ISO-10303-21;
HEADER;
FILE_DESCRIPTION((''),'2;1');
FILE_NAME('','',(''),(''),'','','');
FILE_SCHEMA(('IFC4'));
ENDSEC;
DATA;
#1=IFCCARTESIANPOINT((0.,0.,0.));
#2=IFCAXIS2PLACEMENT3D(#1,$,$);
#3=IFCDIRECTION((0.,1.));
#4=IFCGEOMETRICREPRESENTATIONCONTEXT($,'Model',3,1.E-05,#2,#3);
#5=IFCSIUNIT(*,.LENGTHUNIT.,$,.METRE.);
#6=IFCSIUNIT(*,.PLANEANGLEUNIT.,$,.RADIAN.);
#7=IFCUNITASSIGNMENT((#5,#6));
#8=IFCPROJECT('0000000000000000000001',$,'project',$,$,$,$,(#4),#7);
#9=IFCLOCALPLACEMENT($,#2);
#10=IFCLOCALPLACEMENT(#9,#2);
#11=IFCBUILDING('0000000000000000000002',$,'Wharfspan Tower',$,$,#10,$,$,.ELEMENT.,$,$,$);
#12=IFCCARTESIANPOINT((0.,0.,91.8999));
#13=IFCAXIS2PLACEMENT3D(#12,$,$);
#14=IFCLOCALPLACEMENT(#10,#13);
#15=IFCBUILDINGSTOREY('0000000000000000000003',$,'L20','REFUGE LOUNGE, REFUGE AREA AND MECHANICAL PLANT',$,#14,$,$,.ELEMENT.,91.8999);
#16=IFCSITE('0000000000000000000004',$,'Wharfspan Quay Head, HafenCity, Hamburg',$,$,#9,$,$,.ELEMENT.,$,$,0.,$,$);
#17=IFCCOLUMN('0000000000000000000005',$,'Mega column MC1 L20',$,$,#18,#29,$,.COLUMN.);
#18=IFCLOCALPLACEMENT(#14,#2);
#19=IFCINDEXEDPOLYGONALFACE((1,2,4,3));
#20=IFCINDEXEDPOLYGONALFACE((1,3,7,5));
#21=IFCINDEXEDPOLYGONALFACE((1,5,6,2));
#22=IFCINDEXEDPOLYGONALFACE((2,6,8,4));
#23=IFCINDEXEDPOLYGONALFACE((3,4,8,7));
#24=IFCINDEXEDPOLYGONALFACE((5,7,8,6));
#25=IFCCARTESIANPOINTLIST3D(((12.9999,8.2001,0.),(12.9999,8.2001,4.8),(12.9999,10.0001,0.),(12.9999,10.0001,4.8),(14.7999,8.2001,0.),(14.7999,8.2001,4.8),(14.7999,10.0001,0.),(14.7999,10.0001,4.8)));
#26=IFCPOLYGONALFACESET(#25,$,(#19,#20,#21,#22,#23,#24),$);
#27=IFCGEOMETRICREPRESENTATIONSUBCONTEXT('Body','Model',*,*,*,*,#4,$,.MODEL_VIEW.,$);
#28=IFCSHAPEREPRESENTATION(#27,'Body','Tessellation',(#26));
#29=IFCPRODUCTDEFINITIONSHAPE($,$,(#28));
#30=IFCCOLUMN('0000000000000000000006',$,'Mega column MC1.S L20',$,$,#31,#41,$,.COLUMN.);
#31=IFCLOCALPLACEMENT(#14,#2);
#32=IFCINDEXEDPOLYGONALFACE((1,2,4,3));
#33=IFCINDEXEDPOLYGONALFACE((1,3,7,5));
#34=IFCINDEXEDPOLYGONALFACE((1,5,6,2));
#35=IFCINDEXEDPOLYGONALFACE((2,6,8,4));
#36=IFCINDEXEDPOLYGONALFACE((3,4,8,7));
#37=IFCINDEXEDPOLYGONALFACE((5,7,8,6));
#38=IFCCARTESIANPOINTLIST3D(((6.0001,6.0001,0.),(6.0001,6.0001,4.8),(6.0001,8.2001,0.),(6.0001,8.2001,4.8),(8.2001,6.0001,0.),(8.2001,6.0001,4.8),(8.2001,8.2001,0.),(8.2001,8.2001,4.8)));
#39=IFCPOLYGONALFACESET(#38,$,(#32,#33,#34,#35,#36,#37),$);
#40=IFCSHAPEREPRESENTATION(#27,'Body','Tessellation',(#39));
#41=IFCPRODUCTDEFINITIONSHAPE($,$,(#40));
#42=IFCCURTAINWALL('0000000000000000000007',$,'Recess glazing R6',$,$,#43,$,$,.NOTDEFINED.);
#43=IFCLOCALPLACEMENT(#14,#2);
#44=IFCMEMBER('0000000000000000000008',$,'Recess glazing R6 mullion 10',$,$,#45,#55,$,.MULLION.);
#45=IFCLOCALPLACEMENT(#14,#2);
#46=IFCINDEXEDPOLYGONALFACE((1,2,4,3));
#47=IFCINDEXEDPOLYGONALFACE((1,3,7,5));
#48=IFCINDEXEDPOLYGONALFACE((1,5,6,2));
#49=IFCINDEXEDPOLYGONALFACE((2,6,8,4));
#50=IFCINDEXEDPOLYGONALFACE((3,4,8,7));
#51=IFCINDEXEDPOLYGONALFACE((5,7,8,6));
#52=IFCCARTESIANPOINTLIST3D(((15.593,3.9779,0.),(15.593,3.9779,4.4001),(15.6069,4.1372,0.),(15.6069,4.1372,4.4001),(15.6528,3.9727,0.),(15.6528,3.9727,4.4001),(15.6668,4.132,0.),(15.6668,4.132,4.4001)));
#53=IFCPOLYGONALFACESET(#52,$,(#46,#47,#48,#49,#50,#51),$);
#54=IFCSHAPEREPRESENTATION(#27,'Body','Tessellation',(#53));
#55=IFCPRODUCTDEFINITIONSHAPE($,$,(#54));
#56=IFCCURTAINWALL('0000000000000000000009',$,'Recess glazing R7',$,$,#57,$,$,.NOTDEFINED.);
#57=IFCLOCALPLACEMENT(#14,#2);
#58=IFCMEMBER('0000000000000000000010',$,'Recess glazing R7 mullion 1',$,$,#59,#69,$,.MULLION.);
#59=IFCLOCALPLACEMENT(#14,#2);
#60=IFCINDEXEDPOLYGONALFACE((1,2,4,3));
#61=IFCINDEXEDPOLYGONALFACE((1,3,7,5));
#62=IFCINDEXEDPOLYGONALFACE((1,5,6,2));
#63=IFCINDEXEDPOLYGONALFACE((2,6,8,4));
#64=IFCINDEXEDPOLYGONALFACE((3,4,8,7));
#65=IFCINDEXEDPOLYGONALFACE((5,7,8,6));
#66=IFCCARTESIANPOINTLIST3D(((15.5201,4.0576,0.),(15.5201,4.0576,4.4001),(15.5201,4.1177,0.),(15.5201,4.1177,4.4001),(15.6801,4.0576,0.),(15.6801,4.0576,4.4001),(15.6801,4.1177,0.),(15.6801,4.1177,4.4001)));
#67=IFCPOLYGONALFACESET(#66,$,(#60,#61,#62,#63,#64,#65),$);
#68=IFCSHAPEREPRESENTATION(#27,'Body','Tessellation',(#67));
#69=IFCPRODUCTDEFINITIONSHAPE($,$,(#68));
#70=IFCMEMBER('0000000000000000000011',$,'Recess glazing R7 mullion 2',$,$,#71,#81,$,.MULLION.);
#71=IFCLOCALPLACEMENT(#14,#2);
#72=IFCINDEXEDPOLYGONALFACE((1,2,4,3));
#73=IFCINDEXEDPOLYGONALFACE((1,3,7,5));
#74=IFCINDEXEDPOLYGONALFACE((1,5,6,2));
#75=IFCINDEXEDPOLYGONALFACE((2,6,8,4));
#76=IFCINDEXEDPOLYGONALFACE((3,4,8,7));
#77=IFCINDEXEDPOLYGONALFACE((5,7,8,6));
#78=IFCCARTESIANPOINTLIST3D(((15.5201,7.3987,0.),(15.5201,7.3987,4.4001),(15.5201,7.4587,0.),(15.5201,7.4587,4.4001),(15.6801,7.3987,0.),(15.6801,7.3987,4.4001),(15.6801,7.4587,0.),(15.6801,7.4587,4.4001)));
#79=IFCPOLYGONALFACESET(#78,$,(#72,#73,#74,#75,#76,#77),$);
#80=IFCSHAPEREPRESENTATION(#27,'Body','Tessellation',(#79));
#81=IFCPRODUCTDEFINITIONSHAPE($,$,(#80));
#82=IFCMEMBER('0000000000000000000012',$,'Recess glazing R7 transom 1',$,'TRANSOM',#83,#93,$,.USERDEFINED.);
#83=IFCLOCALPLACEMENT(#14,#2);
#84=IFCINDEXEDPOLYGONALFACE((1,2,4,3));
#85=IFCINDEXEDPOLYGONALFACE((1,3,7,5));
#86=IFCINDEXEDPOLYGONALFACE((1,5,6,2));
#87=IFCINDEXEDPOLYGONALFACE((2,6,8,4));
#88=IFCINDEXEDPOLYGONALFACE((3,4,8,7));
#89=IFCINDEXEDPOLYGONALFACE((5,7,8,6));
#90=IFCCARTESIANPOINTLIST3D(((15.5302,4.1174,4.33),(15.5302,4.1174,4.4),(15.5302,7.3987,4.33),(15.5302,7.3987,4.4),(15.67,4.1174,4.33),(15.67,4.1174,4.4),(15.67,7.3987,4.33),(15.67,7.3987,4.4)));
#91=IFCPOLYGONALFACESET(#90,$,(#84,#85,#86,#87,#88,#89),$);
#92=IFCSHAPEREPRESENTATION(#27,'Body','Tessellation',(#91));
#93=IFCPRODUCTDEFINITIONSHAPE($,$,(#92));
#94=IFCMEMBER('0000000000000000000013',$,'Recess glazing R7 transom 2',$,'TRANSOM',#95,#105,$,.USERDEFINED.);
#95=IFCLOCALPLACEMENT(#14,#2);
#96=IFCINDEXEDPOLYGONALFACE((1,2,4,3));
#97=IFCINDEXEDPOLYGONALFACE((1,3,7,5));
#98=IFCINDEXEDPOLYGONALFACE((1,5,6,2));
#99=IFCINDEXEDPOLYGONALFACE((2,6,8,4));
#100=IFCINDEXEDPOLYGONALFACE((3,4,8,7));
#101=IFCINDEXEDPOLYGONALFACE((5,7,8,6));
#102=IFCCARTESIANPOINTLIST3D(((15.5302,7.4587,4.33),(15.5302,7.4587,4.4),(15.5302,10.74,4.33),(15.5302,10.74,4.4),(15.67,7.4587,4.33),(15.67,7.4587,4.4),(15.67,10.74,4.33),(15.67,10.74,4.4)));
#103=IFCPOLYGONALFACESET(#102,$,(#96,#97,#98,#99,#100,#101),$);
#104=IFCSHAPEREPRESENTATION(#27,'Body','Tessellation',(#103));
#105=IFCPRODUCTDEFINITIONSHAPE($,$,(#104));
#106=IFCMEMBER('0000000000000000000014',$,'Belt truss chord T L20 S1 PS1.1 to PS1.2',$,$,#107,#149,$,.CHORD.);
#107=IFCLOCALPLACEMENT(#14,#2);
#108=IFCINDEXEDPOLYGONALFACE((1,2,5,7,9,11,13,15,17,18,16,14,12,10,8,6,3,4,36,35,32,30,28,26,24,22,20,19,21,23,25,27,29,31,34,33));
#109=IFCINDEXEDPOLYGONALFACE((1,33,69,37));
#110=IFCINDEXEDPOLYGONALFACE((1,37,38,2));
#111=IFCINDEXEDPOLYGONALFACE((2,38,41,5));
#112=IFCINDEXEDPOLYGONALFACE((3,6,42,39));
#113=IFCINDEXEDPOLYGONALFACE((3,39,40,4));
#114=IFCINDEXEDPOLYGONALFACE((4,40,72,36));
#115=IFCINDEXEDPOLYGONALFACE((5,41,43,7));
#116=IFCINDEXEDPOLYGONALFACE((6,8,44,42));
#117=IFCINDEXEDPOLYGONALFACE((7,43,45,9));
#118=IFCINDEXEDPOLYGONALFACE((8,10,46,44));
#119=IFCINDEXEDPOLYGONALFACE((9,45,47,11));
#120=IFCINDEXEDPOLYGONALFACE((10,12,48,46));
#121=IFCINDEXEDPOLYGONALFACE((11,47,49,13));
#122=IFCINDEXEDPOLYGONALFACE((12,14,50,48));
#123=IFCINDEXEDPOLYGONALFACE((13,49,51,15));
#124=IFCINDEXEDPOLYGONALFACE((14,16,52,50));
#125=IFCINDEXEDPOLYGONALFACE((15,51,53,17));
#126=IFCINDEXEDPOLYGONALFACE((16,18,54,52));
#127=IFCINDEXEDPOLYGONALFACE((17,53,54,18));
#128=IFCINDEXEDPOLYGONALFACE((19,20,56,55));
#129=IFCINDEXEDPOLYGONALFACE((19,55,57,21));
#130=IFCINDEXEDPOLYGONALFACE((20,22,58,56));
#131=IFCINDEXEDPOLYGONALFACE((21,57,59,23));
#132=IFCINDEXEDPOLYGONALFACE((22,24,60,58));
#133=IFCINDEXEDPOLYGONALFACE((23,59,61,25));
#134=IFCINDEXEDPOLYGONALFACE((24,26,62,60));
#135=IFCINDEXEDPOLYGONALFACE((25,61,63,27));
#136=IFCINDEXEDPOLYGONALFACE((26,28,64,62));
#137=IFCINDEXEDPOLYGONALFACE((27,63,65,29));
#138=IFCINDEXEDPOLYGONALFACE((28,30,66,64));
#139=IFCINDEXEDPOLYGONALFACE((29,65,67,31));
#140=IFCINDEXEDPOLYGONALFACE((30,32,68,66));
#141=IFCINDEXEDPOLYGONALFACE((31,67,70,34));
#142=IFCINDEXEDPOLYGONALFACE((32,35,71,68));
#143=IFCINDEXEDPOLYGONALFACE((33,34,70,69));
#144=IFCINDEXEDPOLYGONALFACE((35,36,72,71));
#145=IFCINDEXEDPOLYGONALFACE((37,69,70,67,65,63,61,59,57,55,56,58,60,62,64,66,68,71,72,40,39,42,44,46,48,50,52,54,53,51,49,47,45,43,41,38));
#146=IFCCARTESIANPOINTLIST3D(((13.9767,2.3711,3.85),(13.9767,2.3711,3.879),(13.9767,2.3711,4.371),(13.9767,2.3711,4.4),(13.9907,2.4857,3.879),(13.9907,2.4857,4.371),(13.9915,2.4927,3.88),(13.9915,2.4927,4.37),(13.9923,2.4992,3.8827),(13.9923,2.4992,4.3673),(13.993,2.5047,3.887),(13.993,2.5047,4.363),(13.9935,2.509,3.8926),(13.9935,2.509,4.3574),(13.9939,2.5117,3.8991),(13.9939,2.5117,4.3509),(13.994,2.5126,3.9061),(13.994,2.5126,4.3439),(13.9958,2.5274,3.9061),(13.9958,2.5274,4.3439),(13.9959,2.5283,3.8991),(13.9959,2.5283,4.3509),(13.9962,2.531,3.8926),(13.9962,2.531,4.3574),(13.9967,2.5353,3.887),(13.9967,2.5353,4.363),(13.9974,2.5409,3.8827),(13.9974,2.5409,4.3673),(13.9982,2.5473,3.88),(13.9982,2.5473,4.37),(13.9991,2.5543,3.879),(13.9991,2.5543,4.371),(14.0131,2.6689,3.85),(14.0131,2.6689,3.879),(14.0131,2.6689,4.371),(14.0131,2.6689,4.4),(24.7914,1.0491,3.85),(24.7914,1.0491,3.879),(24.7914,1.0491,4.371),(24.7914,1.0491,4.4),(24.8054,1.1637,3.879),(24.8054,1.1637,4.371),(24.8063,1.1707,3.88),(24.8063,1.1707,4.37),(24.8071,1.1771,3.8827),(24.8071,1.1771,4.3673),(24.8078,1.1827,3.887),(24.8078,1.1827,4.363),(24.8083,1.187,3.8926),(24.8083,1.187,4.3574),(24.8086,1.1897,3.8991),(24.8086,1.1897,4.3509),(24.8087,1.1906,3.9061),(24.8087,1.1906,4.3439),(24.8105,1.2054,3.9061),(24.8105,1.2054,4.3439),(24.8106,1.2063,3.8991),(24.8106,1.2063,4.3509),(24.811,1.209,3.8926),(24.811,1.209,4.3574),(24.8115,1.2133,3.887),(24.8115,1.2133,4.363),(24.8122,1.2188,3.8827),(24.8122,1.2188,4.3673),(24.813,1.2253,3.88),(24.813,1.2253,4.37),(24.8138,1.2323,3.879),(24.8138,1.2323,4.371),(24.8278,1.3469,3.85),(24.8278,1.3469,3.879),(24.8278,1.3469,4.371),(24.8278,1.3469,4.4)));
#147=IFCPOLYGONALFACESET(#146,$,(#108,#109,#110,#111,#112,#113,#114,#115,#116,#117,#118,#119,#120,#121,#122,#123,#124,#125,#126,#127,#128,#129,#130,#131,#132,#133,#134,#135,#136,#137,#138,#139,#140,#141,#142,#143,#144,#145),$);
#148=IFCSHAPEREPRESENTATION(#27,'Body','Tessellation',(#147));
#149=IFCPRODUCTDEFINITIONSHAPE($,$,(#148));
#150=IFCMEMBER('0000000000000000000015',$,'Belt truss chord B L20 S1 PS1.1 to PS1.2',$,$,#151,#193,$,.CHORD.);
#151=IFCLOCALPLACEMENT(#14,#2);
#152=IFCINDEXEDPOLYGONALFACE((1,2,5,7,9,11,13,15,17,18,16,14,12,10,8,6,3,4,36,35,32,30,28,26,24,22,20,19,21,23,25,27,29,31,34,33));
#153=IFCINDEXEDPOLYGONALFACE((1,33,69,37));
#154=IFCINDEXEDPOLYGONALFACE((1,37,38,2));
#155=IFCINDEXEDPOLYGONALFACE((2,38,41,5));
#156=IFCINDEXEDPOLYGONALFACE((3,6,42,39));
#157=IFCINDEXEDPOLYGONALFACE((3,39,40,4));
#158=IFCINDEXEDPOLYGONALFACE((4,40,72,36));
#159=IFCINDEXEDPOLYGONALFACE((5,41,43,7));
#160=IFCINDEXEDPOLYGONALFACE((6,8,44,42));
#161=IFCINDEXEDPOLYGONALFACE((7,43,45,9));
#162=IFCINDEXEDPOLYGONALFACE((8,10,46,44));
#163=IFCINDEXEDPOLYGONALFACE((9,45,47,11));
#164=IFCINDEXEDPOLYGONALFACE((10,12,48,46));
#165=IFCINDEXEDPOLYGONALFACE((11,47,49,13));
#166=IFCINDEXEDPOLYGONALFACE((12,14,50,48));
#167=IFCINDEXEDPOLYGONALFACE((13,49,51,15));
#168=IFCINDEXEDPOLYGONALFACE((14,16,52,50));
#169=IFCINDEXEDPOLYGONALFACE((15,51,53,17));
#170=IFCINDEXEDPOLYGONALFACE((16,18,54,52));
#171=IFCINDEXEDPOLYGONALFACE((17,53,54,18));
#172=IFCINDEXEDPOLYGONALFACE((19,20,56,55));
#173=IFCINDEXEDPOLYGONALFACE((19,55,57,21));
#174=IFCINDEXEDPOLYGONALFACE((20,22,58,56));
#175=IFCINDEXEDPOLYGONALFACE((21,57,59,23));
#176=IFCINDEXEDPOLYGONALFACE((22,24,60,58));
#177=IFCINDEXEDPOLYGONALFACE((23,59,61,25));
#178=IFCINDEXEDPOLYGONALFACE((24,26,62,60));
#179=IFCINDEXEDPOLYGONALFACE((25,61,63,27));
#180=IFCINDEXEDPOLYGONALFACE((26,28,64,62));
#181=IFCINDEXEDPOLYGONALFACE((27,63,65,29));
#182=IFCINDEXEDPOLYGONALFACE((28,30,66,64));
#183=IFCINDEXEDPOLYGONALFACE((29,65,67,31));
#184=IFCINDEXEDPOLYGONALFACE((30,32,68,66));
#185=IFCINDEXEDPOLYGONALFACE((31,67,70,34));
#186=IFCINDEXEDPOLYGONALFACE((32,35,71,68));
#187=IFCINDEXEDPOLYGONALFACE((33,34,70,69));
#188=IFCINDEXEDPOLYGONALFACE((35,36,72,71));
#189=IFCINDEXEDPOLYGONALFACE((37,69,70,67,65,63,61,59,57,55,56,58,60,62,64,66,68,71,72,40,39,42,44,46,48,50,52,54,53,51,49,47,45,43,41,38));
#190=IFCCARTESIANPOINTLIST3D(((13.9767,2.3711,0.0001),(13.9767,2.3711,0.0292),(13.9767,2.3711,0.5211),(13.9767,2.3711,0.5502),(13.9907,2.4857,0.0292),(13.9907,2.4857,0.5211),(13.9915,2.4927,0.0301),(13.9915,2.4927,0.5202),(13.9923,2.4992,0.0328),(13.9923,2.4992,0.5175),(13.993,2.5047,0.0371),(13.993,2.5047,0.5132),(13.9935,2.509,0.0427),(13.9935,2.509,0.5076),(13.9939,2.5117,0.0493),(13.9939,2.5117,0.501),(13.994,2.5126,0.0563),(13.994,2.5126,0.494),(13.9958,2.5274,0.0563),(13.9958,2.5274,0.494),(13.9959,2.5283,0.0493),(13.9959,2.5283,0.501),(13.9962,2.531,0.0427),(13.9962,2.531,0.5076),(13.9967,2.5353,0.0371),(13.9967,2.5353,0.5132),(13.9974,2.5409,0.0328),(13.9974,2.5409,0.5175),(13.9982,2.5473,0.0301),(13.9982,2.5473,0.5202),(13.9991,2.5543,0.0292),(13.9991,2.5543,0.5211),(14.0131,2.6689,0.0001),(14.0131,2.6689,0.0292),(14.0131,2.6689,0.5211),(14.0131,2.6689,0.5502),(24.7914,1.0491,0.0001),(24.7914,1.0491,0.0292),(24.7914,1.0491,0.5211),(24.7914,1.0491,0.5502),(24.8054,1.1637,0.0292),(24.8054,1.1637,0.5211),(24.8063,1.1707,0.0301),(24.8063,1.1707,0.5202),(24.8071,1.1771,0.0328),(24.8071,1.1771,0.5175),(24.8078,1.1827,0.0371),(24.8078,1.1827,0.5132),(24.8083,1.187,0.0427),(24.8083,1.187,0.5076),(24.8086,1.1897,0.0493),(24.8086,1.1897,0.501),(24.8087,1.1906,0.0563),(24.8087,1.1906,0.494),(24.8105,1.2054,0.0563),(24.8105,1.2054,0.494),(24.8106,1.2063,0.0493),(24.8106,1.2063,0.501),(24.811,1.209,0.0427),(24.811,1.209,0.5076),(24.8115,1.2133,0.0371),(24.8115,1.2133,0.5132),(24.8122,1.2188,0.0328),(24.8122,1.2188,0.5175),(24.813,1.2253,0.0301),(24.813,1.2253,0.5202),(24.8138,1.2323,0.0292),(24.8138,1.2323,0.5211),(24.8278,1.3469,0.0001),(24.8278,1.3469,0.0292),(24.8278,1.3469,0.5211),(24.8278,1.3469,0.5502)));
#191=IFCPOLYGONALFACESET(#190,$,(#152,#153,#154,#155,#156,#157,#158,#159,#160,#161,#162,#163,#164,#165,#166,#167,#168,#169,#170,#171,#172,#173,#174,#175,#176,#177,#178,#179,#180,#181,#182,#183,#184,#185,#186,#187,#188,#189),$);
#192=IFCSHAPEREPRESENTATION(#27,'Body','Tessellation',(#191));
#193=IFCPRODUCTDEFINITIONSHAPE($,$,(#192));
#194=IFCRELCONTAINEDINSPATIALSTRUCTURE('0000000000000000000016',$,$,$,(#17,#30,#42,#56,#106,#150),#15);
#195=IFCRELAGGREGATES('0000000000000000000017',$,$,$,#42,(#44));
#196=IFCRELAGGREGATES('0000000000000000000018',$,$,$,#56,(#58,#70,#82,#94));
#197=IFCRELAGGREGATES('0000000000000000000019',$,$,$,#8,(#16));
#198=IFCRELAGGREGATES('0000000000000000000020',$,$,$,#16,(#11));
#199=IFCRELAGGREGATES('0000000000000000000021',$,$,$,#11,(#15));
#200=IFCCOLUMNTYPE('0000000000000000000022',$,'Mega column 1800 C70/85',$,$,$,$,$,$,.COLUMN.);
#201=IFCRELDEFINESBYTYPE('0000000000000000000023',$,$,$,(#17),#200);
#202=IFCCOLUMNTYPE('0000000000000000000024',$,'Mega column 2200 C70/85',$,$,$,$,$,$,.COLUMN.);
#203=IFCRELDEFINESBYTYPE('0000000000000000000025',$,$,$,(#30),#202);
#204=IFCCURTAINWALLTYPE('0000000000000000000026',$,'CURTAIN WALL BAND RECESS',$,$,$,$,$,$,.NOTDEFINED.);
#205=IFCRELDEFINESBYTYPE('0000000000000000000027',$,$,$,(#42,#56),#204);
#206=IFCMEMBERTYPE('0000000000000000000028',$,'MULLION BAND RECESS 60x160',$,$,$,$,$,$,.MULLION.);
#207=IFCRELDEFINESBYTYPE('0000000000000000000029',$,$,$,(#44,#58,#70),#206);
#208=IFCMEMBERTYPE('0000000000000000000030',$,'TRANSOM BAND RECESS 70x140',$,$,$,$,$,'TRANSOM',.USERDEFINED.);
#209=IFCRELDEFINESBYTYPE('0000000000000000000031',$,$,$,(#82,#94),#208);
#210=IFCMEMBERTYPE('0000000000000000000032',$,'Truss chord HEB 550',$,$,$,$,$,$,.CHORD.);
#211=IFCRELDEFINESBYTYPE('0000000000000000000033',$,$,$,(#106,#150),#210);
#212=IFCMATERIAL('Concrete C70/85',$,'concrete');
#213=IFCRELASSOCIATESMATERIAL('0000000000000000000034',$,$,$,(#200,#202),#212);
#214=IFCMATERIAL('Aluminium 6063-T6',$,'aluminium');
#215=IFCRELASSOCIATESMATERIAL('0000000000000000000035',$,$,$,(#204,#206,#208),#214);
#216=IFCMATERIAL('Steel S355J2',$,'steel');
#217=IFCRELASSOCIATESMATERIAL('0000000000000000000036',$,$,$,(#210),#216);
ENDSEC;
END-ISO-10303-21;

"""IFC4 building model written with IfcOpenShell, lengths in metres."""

from ifc_helpers import new_model, si_unit, direction, frame, origin, origin_2d, place, context, subcontext, project, spatial, rectangle, i_section, extrude, material, material_profile, profile_set, type_object, element, aggregate, save


model = new_model("IFC4")

# Units and contexts
model_context = context("Model", 3, precision=1e-05, world=origin(), true_north=direction((0.0, 1.0)))
body_context = subcontext(model_context, "Body", "Model", "MODEL_VIEW")
ifc_project = project(units=[si_unit("LENGTHUNIT", "METRE"), si_unit("PLANEANGLEUNIT", "RADIAN")], contexts=[model_context])

# Site, building, storey
site_placement = place(None, origin())
site = spatial("IfcSite", under=ifc_project, at=site_placement, Name="Wharfspan Quay Head, HafenCity, Hamburg", CompositionType="ELEMENT", RefElevation=0.0)
building_placement = place(site_placement, origin())
building = spatial("IfcBuilding", under=site, at=building_placement, Name="Wharfspan Tower", CompositionType="ELEMENT")
storey_placement = place(building_placement, frame((0.0, 0.0, 91.8999)))
storey = spatial("IfcBuildingStorey", under=building, at=storey_placement, Name="L20", Description="REFUGE LOUNGE, REFUGE AREA AND MECHANICAL PLANT", CompositionType="ELEMENT", Elevation=91.8999)

# Columns
ifc_material_1 = material(Name="Steel S355J2", Category="steel")
ifc_material_2 = material(Name="Concrete C70/85", Category="concrete")
ifc_material_profile_1 = material_profile(ifc_material_2, rectangle(XDim=1.8, YDim=1.8, at=origin_2d()))
ifc_profile_set_1 = profile_set([ifc_material_profile_1], Name="Concrete C70/85")
column_type_1 = type_object("IfcColumnType", Name="Mega column 1800 C70/85", PredefinedType="COLUMN", material=ifc_profile_set_1)
column_1_placement = place(storey_placement, frame((13.8999, 9.1001, 0.0), z_axis=(0.0, 0.0, 1.0), x_axis=(1.0, 0.0, 0.0)))
element("IfcColumn", 1, at=column_1_placement, inside=storey, type_object=column_type_1, Name="Mega column MC1 L20", PredefinedType="COLUMN", context=body_context, shape_type="SweptSolid", body=[
    extrude(rectangle(XDim=1.8, YDim=1.8, at=origin_2d()), origin(), (0.0, 0.0, 1.0), 4.8),
])
ifc_material_profile_2 = material_profile(ifc_material_2, rectangle(XDim=2.2, YDim=2.2, at=origin_2d()))
ifc_profile_set_2 = profile_set([ifc_material_profile_2], Name="Concrete C70/85")
column_type_2 = type_object("IfcColumnType", Name="Mega column 2200 C70/85", PredefinedType="COLUMN", material=ifc_profile_set_2)
column_2_placement = place(storey_placement, frame((7.1001, 7.1001, 0.0), z_axis=(0.0, 0.0, 1.0), x_axis=(1.0, 0.0, 0.0)))
element("IfcColumn", 2, at=column_2_placement, inside=storey, type_object=column_type_2, Name="Mega column MC1.S L20", PredefinedType="COLUMN", context=body_context, shape_type="SweptSolid", body=[
    extrude(rectangle(XDim=2.2, YDim=2.2, at=origin_2d()), origin(), (0.0, 0.0, 1.0), 4.8),
])

# Curtain wall, member
ifc_material_3 = material(Name="Aluminium 6063-T6", Category="aluminium")
curtain_wall_type = type_object("IfcCurtainWallType", Name="CURTAIN WALL BAND RECESS", PredefinedType="NOTDEFINED", material=ifc_material_3)
curtain_wall_1_placement = place(storey_placement, origin())
curtain_wall_1 = element("IfcCurtainWall", 3, at=curtain_wall_1_placement, inside=storey, type_object=curtain_wall_type, Name="Recess glazing R6", PredefinedType="NOTDEFINED")
ifc_material_profile_3 = material_profile(ifc_material_3, rectangle(XDim=0.1599, YDim=0.0601, at=origin_2d()))
ifc_profile_set_3 = profile_set([ifc_material_profile_3], Name="Aluminium 6063-T6")
member_type_1 = type_object("IfcMemberType", Name="MULLION BAND RECESS 60x160", PredefinedType="MULLION", material=ifc_profile_set_3)
member_1_placement = place(storey_placement, frame((15.6299, 4.0549, 0.0), z_axis=(0.0, 0.0, 1.0), x_axis=(-0.087156, -0.996198, 0.0)))
member_1 = element("IfcMember", 4, at=member_1_placement, type_object=member_type_1, Name="Recess glazing R6 mullion 10", PredefinedType="MULLION", context=body_context, shape_type="SweptSolid", body=[
    extrude(rectangle(XDim=0.1599, YDim=0.0601, at=origin_2d()), origin(), (0.0, 0.0, 1.0), 4.4001),
])
aggregate(curtain_wall_1, [member_1])

# Curtain wall, members
curtain_wall_2_placement = place(storey_placement, origin())
curtain_wall_2 = element("IfcCurtainWall", 5, at=curtain_wall_2_placement, inside=storey, type_object=curtain_wall_type, Name="Recess glazing R7", PredefinedType="NOTDEFINED")
member_2_placement = place(storey_placement, frame((15.6001, 4.0876, 0.0), z_axis=(0.0, 0.0, 1.0), x_axis=(-1.0, 0.0, 0.0)))
member_2 = element("IfcMember", 6, at=member_2_placement, type_object=member_type_1, Name="Recess glazing R7 mullion 1", PredefinedType="MULLION", context=body_context, shape_type="SweptSolid", body=[
    extrude(rectangle(XDim=0.1599, YDim=0.0601, at=origin_2d()), origin(), (0.0, 0.0, 1.0), 4.4001),
])
member_3_placement = place(storey_placement, frame((15.6001, 7.4287, 0.0), z_axis=(0.0, 0.0, 1.0), x_axis=(-1.0, 0.0, 0.0)))
member_3 = element("IfcMember", 7, at=member_3_placement, type_object=member_type_1, Name="Recess glazing R7 mullion 2", PredefinedType="MULLION", context=body_context, shape_type="SweptSolid", body=[
    extrude(rectangle(XDim=0.1599, YDim=0.0601, at=origin_2d()), origin(), (0.0, 0.0, 1.0), 4.4001),
])
ifc_material_profile_4 = material_profile(ifc_material_3, rectangle(XDim=0.1399, YDim=0.0701, at=origin_2d()))
ifc_profile_set_4 = profile_set([ifc_material_profile_4], Name="Aluminium 6063-T6")
member_type_2 = type_object("IfcMemberType", Name="TRANSOM BAND RECESS 70x140", ElementType="TRANSOM", PredefinedType="USERDEFINED", material=ifc_profile_set_4)
member_4_placement = place(storey_placement, frame((15.6001, 4.1174, 4.365), z_axis=(0.0, 1.0, 0.0), x_axis=(-1.0, 0.0, 0.0)))
member_4 = element("IfcMember", 8, at=member_4_placement, type_object=member_type_2, Name="Recess glazing R7 transom 1", ObjectType="TRANSOM", PredefinedType="USERDEFINED", context=body_context, shape_type="SweptSolid", body=[
    extrude(rectangle(XDim=0.1399, YDim=0.0701, at=origin_2d()), origin(), (0.0, 0.0, 1.0), 3.2812),
])
member_5_placement = place(storey_placement, frame((15.6001, 7.4587, 4.365), z_axis=(0.0, 1.0, 0.0), x_axis=(-1.0, 0.0, 0.0)))
member_5 = element("IfcMember", 9, at=member_5_placement, type_object=member_type_2, Name="Recess glazing R7 transom 2", ObjectType="TRANSOM", PredefinedType="USERDEFINED", context=body_context, shape_type="SweptSolid", body=[
    extrude(rectangle(XDim=0.1399, YDim=0.0701, at=origin_2d()), origin(), (0.0, 0.0, 1.0), 3.2812),
])

# Members
ifc_material_profile_5 = material_profile(ifc_material_1, i_section(OverallWidth=0.3, OverallDepth=0.55, WebThickness=0.0149, FlangeThickness=0.0291, FilletRadius=0.0271, at=origin_2d()))
ifc_profile_set_5 = profile_set([ifc_material_profile_5], Name="Steel S355J2")
member_type_3 = type_object("IfcMemberType", Name="Truss chord HEB 550", PredefinedType="CHORD", material=ifc_profile_set_5)
for number, where, z_axis, x_axis, name in (
    (10, (13.9949, 2.52, 4.125), (0.992611, -0.12134, 0.0), (0.12134, 0.992611, 0.0), "Belt truss chord T L20 S1 PS1.1 to PS1.2"),
    (11, (13.9949, 2.52, 0.2751), (0.992611, -0.12134, 0.0), (0.12134, 0.992611, 0.0), "Belt truss chord B L20 S1 PS1.1 to PS1.2"),
):
    element("IfcMember", number, at=place(storey_placement, frame(where, z_axis=z_axis, x_axis=x_axis)), inside=storey, type_object=member_type_3, Name=name, PredefinedType="CHORD", context=body_context, shape_type="SweptSolid", body=[
        extrude(i_section(OverallWidth=0.3, OverallDepth=0.55, WebThickness=0.0149, FlangeThickness=0.0291, FilletRadius=0.0271, at=origin_2d()), origin(), (0.0, 0.0, 1.0), 10.8953),
    ])

aggregate(curtain_wall_2, [member_2, member_3, member_4, member_5])

save(model, "model.ifc")
